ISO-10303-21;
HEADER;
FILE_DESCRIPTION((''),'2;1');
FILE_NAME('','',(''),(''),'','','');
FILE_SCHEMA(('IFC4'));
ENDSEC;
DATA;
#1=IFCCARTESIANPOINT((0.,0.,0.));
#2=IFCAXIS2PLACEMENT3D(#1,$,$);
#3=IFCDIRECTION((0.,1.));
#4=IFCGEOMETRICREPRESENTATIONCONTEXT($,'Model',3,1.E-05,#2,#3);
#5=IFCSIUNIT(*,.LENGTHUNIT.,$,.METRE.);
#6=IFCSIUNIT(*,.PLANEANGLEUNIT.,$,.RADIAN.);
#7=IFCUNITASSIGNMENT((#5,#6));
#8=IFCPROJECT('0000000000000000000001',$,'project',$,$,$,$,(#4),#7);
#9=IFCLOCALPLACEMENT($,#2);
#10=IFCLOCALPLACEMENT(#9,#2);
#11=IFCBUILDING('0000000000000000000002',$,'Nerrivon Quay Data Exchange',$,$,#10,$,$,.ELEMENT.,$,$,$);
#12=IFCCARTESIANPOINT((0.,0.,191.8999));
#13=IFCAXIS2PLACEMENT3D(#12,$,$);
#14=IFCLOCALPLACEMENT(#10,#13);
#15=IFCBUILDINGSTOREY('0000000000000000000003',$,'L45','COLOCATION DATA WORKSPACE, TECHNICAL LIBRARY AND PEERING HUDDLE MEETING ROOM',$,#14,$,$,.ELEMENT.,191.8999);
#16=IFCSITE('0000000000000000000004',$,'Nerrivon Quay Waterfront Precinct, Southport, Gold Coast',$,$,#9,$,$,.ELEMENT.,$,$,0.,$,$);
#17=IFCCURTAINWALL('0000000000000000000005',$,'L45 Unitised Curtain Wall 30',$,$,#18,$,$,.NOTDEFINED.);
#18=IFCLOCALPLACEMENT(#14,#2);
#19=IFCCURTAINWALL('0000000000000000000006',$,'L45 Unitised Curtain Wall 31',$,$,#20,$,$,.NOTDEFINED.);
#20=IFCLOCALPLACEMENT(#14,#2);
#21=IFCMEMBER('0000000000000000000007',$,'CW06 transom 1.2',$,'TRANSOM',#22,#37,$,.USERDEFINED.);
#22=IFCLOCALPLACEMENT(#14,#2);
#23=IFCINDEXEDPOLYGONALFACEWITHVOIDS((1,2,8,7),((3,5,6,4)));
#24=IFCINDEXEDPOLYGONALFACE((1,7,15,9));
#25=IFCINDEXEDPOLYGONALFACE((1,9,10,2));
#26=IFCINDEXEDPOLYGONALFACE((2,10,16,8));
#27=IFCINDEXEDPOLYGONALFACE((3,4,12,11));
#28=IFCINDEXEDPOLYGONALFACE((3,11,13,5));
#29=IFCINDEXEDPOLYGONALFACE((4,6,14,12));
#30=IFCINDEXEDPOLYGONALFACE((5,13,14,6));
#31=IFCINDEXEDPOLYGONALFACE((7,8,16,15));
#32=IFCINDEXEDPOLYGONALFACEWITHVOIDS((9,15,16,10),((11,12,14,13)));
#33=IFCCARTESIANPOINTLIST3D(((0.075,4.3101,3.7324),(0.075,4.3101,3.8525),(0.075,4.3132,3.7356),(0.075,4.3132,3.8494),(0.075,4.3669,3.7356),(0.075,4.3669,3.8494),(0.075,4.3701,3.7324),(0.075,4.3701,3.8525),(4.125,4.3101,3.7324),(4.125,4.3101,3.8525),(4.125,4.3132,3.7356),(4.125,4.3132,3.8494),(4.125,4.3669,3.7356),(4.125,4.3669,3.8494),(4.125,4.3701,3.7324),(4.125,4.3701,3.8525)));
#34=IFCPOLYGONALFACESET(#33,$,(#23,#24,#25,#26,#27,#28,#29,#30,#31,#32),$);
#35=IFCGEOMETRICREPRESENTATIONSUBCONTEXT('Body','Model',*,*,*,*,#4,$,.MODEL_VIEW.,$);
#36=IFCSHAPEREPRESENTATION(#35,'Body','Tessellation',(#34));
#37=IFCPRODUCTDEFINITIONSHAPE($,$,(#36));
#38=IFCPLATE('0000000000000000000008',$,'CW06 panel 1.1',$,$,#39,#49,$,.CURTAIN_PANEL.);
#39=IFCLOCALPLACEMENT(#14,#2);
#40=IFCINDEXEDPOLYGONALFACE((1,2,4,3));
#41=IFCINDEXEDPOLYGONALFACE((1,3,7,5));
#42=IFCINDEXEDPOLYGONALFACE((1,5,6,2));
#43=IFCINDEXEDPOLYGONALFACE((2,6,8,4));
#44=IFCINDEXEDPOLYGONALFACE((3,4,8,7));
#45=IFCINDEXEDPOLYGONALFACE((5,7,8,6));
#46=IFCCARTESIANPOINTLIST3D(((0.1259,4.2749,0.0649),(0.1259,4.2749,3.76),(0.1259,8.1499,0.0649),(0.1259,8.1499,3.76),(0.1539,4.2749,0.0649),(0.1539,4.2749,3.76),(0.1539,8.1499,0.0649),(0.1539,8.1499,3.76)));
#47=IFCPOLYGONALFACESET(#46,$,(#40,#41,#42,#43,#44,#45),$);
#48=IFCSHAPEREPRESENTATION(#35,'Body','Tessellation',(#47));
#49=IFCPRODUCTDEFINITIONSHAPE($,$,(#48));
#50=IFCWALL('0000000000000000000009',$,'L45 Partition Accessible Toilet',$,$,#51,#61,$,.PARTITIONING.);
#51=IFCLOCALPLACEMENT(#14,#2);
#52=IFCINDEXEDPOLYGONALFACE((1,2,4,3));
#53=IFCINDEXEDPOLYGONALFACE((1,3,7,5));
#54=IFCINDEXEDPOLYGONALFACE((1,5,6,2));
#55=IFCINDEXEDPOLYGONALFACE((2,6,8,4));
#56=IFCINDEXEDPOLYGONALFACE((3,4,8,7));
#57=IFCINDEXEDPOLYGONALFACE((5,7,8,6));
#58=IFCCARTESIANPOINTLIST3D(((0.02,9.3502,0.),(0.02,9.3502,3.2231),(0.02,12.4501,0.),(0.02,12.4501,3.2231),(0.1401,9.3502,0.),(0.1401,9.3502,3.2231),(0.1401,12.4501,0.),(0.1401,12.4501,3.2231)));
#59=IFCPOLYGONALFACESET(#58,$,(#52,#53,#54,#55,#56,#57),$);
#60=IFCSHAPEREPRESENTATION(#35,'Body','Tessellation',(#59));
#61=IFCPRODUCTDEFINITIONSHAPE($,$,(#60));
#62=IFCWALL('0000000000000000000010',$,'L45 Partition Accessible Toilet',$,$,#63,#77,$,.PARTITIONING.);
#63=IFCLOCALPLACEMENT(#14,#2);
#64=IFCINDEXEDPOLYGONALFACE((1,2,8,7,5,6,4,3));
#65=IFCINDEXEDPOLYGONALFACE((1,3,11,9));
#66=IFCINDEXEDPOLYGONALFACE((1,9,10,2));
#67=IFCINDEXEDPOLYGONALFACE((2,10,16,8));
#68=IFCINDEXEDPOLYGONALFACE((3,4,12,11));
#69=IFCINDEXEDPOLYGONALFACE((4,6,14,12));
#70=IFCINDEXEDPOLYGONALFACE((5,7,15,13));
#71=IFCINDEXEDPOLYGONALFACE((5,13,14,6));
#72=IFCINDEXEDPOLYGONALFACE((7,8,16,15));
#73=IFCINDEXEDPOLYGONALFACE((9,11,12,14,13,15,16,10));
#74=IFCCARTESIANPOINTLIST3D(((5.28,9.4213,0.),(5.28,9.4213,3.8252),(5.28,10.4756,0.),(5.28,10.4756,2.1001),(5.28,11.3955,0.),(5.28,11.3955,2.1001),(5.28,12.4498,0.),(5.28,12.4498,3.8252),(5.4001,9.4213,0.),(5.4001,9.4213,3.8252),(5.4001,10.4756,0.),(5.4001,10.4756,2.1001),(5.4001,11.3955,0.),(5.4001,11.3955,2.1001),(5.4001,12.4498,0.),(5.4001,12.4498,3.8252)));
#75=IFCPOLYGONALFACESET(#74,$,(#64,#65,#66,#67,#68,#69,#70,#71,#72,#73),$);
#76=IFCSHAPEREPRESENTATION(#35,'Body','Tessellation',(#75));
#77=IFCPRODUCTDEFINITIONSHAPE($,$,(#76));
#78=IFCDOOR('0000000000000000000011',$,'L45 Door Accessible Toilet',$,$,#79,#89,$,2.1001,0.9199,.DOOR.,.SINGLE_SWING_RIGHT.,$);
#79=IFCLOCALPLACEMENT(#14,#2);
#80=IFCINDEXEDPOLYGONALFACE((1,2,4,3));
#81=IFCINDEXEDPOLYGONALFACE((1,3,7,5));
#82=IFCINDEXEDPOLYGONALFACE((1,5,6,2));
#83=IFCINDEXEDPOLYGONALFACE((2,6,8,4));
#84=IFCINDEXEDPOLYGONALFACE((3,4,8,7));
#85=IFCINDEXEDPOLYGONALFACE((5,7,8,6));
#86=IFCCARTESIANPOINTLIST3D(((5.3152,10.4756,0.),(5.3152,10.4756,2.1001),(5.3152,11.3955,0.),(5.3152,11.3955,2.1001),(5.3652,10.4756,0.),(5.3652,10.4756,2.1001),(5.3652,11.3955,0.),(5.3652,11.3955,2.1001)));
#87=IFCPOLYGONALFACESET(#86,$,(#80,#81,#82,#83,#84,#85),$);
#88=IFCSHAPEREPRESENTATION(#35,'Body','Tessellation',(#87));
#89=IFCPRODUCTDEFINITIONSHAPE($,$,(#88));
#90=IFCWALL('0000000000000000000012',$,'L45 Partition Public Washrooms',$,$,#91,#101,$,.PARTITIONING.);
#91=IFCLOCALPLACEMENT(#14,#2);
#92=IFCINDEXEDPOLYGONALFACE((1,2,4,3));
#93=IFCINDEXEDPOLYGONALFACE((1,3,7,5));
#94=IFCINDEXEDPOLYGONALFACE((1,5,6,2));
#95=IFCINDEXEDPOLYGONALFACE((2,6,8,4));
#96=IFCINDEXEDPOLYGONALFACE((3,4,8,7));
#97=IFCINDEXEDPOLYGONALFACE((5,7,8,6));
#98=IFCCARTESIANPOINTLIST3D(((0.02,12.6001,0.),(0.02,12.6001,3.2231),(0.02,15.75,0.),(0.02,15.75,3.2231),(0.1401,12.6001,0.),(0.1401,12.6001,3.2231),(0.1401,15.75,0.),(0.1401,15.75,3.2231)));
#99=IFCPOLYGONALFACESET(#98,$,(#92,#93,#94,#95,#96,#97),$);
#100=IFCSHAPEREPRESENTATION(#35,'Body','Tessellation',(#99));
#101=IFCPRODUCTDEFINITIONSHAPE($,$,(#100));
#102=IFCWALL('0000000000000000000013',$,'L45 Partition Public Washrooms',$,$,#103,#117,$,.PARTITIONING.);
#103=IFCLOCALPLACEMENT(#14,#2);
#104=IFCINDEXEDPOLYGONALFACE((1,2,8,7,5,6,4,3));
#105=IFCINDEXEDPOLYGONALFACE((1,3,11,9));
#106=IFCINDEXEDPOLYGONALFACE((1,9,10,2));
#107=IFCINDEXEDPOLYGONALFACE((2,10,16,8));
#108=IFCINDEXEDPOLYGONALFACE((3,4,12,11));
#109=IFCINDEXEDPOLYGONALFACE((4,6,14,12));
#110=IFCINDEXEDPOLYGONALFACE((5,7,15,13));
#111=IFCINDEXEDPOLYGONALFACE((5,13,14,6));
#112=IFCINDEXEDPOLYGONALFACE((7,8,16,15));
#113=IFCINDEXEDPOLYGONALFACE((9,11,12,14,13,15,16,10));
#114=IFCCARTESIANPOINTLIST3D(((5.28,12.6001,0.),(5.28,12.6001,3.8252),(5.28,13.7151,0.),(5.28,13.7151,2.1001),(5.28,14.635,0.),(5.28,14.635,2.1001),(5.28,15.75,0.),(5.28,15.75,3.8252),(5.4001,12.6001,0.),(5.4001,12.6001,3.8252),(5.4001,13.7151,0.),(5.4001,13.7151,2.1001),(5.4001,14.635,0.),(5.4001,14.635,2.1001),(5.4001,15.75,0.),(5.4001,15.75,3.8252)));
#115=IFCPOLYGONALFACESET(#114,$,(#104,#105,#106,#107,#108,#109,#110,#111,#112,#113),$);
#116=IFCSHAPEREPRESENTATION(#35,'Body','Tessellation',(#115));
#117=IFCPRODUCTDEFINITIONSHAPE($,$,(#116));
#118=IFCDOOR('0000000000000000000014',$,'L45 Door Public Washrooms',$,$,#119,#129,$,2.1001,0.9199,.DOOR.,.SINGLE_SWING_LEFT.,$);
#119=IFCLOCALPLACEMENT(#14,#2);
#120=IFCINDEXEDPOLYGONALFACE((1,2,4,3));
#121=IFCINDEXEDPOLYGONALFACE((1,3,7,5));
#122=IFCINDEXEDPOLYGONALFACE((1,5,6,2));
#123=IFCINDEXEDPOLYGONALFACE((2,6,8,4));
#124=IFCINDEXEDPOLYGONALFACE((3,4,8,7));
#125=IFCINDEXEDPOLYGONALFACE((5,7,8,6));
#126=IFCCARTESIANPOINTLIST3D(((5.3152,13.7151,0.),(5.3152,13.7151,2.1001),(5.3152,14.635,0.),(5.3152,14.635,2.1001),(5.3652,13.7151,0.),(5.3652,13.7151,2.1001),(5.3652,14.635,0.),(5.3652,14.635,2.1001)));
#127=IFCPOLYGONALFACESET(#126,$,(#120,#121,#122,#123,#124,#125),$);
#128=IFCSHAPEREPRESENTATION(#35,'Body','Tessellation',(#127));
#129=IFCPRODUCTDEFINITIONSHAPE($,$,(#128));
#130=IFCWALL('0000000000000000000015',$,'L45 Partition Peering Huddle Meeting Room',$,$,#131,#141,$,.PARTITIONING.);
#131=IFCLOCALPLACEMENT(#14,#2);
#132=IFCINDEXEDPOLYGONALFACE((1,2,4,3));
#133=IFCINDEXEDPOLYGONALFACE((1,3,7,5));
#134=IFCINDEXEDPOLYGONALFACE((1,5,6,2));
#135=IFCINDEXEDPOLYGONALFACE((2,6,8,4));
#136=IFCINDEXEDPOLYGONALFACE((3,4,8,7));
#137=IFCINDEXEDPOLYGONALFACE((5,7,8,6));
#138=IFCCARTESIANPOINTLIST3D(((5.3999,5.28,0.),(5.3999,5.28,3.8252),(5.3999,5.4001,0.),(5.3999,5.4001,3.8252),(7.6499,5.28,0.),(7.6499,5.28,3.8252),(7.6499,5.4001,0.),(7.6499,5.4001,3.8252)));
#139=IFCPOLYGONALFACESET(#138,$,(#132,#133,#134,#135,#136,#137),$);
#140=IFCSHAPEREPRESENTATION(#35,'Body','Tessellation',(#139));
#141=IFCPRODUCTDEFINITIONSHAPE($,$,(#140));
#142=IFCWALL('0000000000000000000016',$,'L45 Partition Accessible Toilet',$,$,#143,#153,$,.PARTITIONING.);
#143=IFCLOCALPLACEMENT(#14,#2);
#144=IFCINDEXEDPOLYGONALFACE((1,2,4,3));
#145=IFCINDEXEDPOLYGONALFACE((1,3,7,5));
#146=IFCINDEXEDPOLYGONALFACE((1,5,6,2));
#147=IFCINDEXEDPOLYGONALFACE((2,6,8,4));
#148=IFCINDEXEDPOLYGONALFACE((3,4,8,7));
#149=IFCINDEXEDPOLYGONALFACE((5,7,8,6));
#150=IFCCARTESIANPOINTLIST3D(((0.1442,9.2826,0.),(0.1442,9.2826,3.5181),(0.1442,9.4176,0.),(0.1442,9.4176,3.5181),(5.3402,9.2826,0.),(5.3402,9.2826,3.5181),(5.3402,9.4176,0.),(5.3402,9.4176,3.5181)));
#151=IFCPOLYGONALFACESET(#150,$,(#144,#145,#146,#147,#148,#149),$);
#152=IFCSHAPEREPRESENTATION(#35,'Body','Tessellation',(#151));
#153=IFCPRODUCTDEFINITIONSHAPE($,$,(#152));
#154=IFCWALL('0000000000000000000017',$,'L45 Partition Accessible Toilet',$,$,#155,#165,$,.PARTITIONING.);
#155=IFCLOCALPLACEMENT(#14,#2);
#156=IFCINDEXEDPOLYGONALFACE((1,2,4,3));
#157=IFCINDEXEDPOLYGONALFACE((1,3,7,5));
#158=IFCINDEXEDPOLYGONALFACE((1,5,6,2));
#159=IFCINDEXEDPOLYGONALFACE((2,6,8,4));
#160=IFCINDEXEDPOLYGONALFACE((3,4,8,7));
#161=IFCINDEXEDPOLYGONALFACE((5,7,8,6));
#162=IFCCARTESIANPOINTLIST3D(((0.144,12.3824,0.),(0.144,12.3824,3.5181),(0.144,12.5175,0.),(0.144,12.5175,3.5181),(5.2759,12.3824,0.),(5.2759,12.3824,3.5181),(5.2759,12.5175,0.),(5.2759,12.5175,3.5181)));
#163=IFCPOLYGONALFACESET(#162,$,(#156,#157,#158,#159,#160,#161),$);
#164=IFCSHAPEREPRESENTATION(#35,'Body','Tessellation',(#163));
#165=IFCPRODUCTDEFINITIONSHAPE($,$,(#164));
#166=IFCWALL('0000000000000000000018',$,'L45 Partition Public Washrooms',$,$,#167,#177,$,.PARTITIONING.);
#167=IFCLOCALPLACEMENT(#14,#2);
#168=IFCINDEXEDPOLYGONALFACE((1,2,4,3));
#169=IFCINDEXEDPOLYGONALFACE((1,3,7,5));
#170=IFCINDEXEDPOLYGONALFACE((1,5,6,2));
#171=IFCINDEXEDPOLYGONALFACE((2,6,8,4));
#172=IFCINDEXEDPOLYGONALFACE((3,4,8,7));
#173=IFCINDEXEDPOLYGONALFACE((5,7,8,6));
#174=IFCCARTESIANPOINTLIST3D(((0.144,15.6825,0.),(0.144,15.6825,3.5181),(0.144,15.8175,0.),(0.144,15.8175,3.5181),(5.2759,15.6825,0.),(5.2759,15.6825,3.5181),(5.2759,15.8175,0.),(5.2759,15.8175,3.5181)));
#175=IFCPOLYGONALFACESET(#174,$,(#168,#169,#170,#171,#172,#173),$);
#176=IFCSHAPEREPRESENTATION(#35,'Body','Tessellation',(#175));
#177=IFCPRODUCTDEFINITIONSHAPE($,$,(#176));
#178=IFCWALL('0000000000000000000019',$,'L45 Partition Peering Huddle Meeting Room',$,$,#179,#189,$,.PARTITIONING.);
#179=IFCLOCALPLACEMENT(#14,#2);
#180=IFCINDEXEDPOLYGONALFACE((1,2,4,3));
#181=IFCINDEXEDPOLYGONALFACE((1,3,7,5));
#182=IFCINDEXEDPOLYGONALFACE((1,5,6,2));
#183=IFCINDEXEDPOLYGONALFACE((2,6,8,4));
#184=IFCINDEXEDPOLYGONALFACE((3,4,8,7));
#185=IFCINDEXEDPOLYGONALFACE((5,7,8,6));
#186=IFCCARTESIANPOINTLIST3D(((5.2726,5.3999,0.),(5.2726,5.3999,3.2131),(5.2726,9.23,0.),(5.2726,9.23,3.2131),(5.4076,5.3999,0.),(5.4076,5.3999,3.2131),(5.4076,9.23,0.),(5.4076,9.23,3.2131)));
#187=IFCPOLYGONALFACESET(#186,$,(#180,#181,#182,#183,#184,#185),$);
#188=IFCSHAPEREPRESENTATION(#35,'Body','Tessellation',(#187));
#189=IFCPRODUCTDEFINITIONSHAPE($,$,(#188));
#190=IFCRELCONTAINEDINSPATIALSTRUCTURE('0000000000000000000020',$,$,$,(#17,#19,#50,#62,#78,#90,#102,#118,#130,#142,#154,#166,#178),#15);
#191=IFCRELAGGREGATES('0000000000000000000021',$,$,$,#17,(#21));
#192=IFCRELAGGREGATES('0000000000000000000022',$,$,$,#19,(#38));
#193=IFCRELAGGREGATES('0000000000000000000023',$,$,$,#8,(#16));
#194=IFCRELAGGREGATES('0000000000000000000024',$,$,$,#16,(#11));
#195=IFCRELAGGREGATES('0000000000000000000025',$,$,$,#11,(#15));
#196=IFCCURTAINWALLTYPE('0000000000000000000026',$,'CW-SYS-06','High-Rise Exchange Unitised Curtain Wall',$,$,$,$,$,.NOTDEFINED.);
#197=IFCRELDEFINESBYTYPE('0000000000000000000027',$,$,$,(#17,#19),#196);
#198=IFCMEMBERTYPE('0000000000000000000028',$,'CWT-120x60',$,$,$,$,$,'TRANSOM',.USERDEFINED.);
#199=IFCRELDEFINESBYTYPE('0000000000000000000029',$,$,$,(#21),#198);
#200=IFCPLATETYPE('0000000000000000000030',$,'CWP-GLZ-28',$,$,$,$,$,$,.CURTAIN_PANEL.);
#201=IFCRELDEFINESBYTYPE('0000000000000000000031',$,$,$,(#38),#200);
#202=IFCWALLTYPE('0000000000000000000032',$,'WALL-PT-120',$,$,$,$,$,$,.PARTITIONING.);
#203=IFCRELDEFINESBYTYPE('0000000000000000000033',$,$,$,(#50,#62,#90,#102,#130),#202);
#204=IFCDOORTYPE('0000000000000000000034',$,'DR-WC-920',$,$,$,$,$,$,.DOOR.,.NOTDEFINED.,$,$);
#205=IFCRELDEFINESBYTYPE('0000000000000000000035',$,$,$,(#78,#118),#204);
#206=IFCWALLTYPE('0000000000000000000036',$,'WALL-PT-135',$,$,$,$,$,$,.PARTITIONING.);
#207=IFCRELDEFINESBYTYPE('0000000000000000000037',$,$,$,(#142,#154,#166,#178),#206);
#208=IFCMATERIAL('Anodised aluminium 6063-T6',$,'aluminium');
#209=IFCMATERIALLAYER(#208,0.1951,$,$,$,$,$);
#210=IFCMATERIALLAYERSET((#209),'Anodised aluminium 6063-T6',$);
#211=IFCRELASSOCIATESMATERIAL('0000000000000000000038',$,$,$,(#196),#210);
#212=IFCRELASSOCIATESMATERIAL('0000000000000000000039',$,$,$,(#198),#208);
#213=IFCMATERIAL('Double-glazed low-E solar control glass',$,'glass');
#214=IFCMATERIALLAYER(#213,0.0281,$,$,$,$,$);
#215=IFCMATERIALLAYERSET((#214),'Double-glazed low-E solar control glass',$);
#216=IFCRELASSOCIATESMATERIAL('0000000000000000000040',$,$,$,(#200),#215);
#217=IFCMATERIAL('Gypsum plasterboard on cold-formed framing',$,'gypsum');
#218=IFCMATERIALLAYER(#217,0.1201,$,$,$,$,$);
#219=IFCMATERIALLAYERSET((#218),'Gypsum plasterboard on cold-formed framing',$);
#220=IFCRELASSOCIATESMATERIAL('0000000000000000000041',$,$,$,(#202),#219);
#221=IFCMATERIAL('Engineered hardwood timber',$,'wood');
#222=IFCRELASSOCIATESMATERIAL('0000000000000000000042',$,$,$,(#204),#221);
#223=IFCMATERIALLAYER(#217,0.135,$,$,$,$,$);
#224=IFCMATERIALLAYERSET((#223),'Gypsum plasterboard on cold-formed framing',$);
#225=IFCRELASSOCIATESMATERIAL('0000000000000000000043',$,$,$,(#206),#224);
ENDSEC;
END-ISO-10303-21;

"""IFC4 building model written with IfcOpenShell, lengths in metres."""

from ifc_helpers import new_model, si_unit, direction, frame, frame_2d, origin, origin_2d, place, context, subcontext, project, spatial, rectangle, hollow_rectangle, extrude, material, layer, layer_set, material_profile, profile_set, type_object, element, fill, aggregate, save


model = new_model("IFC4")

# Units and contexts
model_context = context("Model", 3, precision=1e-05, world=origin(), true_north=direction((0.0, 1.0)))
body_context = subcontext(model_context, "Body", "Model", "MODEL_VIEW")
ifc_project = project(units=[si_unit("LENGTHUNIT", "METRE"), si_unit("PLANEANGLEUNIT", "RADIAN")], contexts=[model_context])

# Site, building, storey
site_placement = place(None, origin())
site = spatial("IfcSite", under=ifc_project, at=site_placement, Name="Nerrivon Quay Waterfront Precinct, Southport, Gold Coast", CompositionType="ELEMENT", RefElevation=0.0)
building_placement = place(site_placement, origin())
building = spatial("IfcBuilding", under=site, at=building_placement, Name="Nerrivon Quay Data Exchange", CompositionType="ELEMENT")
storey_placement = place(building_placement, frame((0.0, 0.0, 191.8999)))
storey = spatial("IfcBuildingStorey", under=building, at=storey_placement, Name="L45", Description="COLOCATION DATA WORKSPACE, TECHNICAL LIBRARY AND PEERING HUDDLE MEETING ROOM", CompositionType="ELEMENT", Elevation=191.8999)

# Curtain walls
ifc_material_1 = material(Name="Anodised aluminium 6063-T6", Category="aluminium")
ifc_layer_1 = layer(ifc_material_1, 0.1951)
ifc_layer_set_1 = layer_set([ifc_layer_1], Name="Anodised aluminium 6063-T6")
curtain_wall_type = type_object("IfcCurtainWallType", Name="CW-SYS-06", Description="High-Rise Exchange Unitised Curtain Wall", PredefinedType="NOTDEFINED", material=ifc_layer_set_1)
curtain_wall_1_placement = place(storey_placement, origin())
curtain_wall_1 = element("IfcCurtainWall", 1, at=curtain_wall_1_placement, inside=storey, type_object=curtain_wall_type, Name="L45 Unitised Curtain Wall 30", PredefinedType="NOTDEFINED")
curtain_wall_2_placement = place(storey_placement, origin())
curtain_wall_2 = element("IfcCurtainWall", 2, at=curtain_wall_2_placement, inside=storey, type_object=curtain_wall_type, Name="L45 Unitised Curtain Wall 31", PredefinedType="NOTDEFINED")

# Member
ifc_material_profile_1 = material_profile(ifc_material_1, hollow_rectangle(XDim=0.0601, YDim=0.1201, WallThickness=0.0032, at=origin_2d()), Name="ALU-TRAN-120x60")
ifc_profile_set_1 = profile_set([ifc_material_profile_1], Name="Anodised aluminium 6063-T6")
member_type_1 = type_object("IfcMemberType", Name="CWT-120x60", ElementType="TRANSOM", PredefinedType="USERDEFINED", material=ifc_profile_set_1)
member_1_placement = place(storey_placement, frame((4.125, 4.3401, 3.7925), z_axis=(-1.0, 0.0, 0.0), x_axis=(0.0, -1.0, 0.0)))
member_1 = element("IfcMember", 3, at=member_1_placement, type_object=member_type_1, Name="CW06 transom 1.2", ObjectType="TRANSOM", PredefinedType="USERDEFINED", context=body_context, shape_type="SweptSolid", body=[
    extrude(hollow_rectangle(XDim=0.0601, YDim=0.1201, WallThickness=0.0032, at=origin_2d()), origin(), (0.0, 0.0, 1.0), 4.05),
])
aggregate(curtain_wall_1, [member_1])

# Plate
ifc_material_2 = material(Name="Double-glazed low-E solar control glass", Category="glass")
ifc_layer_2 = layer(ifc_material_2, 0.0281)
ifc_layer_set_2 = layer_set([ifc_layer_2], Name="Double-glazed low-E solar control glass")
plate_type = type_object("IfcPlateType", Name="CWP-GLZ-28", PredefinedType="CURTAIN_PANEL", material=ifc_layer_set_2)
plate_placement = place(storey_placement, frame((0.1399, 6.2124, 0.0649), z_axis=(0.0, 0.0, 1.0), x_axis=(0.0, 1.0, 0.0)))
plate = element("IfcPlate", 4, at=plate_placement, type_object=plate_type, Name="CW06 panel 1.1", PredefinedType="CURTAIN_PANEL", context=body_context, shape_type="SweptSolid", body=[
    extrude(rectangle(XDim=3.875, YDim=0.0281, at=origin_2d()), origin(), (0.0, 0.0, 1.0), 3.6951),
])
aggregate(curtain_wall_2, [plate])

# Wall
ifc_material_3 = material(Name="Gypsum plasterboard on cold-formed framing", Category="gypsum")
ifc_layer_3 = layer(ifc_material_3, 0.1201)
ifc_layer_set_3 = layer_set([ifc_layer_3], Name="Gypsum plasterboard on cold-formed framing")
wall_type_1 = type_object("IfcWallType", Name="WALL-PT-120", PredefinedType="PARTITIONING", material=ifc_layer_set_3)
wall_1_placement = place(storey_placement, frame((0.0801, 12.45, 0.0), z_axis=(0.0, 0.0, 1.0), x_axis=(0.0, -1.0, 0.0)))
element("IfcWall", 5, at=wall_1_placement, inside=storey, type_object=wall_type_1, Name="L45 Partition Accessible Toilet", PredefinedType="PARTITIONING", context=body_context, shape_type="SweptSolid", body=[
    extrude(rectangle(XDim=3.0999, YDim=0.1201, at=frame_2d((1.5498, 0.0))), origin(), (0.0, 0.0, 1.0), 3.2231),
])

# Wall, opening, door
wall_2_placement = place(storey_placement, frame((5.3401, 9.4214, 0.0), z_axis=(0.0, 0.0, 1.0), x_axis=(0.0, 1.0, 0.0)))
wall_2 = element("IfcWall", 6, at=wall_2_placement, inside=storey, type_object=wall_type_1, Name="L45 Partition Accessible Toilet", PredefinedType="PARTITIONING", context=body_context, shape_type="SweptSolid", body=[
    extrude(rectangle(XDim=3.0286, YDim=0.1201, at=frame_2d((1.5142, 0.0))), origin(), (0.0, 0.0, 1.0), 3.8252),
])
opening_1_placement = place(wall_2_placement, frame((1.0542, 0.0, 0.0)))
opening_1 = element("IfcOpeningElement", 7, at=opening_1_placement, cuts=wall_2, PredefinedType="OPENING", context=body_context, shape_type="SweptSolid", body=[
    extrude(rectangle(XDim=0.9199, YDim=2.1001, at=frame_2d((0.46, 1.05))), frame((0.0, 0.0701, 0.0), z_axis=(0.0, -1.0, 0.0), x_axis=(1.0, 0.0, 0.0)), (0.0, 0.0, 1.0), 0.1401),
])
ifc_material_4 = material(Name="Engineered hardwood timber", Category="wood")
door_type = type_object("IfcDoorType", Name="DR-WC-920", OperationType="NOTDEFINED", PredefinedType="DOOR", material=ifc_material_4)
door_1_placement = place(opening_1_placement, origin())
door_1 = element("IfcDoor", 8, at=door_1_placement, inside=storey, type_object=door_type, Name="L45 Door Accessible Toilet", OperationType="SINGLE_SWING_RIGHT", OverallHeight=2.1001, OverallWidth=0.9199, PredefinedType="DOOR", context=body_context, shape_type="SweptSolid", body=[
    extrude(rectangle(XDim=0.9199, YDim=2.1001, at=frame_2d((0.46, 1.05))), frame((0.0, 0.0249, 0.0), z_axis=(0.0, -1.0, 0.0), x_axis=(1.0, 0.0, 0.0)), (0.0, 0.0, 1.0), 0.05),
])
fill(opening_1, door_1)

# Wall
wall_3_placement = place(storey_placement, frame((0.0801, 15.75, 0.0), z_axis=(0.0, 0.0, 1.0), x_axis=(0.0, -1.0, 0.0)))
element("IfcWall", 9, at=wall_3_placement, inside=storey, type_object=wall_type_1, Name="L45 Partition Public Washrooms", PredefinedType="PARTITIONING", context=body_context, shape_type="SweptSolid", body=[
    extrude(rectangle(XDim=3.1499, YDim=0.1201, at=frame_2d((1.575, 0.0))), origin(), (0.0, 0.0, 1.0), 3.2231),
])

# Wall, opening, door
wall_4_placement = place(storey_placement, frame((5.3401, 12.6001, 0.0), z_axis=(0.0, 0.0, 1.0), x_axis=(0.0, 1.0, 0.0)))
wall_4 = element("IfcWall", 10, at=wall_4_placement, inside=storey, type_object=wall_type_1, Name="L45 Partition Public Washrooms", PredefinedType="PARTITIONING", context=body_context, shape_type="SweptSolid", body=[
    extrude(rectangle(XDim=3.1499, YDim=0.1201, at=frame_2d((1.575, 0.0))), origin(), (0.0, 0.0, 1.0), 3.8252),
])
opening_2_placement = place(wall_4_placement, frame((1.115, 0.0, 0.0)))
opening_2 = element("IfcOpeningElement", 11, at=opening_2_placement, cuts=wall_4, PredefinedType="OPENING", context=body_context, shape_type="SweptSolid", body=[
    extrude(rectangle(XDim=0.9199, YDim=2.1001, at=frame_2d((0.46, 1.05))), frame((0.0, 0.0701, 0.0), z_axis=(0.0, -1.0, 0.0), x_axis=(1.0, 0.0, 0.0)), (0.0, 0.0, 1.0), 0.1401),
])
door_2_placement = place(opening_2_placement, origin())
door_2 = element("IfcDoor", 12, at=door_2_placement, inside=storey, type_object=door_type, Name="L45 Door Public Washrooms", OperationType="SINGLE_SWING_LEFT", OverallHeight=2.1001, OverallWidth=0.9199, PredefinedType="DOOR", context=body_context, shape_type="SweptSolid", body=[
    extrude(rectangle(XDim=0.9199, YDim=2.1001, at=frame_2d((0.46, 1.05))), frame((0.0, 0.0249, 0.0), z_axis=(0.0, -1.0, 0.0), x_axis=(1.0, 0.0, 0.0)), (0.0, 0.0, 1.0), 0.05),
])
fill(opening_2, door_2)

# Walls
wall_5_placement = place(storey_placement, frame((7.6499, 5.3401, 0.0), z_axis=(0.0, 0.0, 1.0), x_axis=(-1.0, 0.0, 0.0)))
element("IfcWall", 13, at=wall_5_placement, inside=storey, type_object=wall_type_1, Name="L45 Partition Peering Huddle Meeting Room", PredefinedType="PARTITIONING", context=body_context, shape_type="SweptSolid", body=[
    extrude(rectangle(XDim=2.25, YDim=0.1201, at=frame_2d((1.125, 0.0))), origin(), (0.0, 0.0, 1.0), 3.8252),
])
ifc_layer_4 = layer(ifc_material_3, 0.135)
ifc_layer_set_4 = layer_set([ifc_layer_4], Name="Gypsum plasterboard on cold-formed framing")
wall_type_2 = type_object("IfcWallType", Name="WALL-PT-135", PredefinedType="PARTITIONING", material=ifc_layer_set_4)
wall_6_placement = place(storey_placement, frame((0.144, 9.3501, 0.0), z_axis=(0.0, 0.0, 1.0), x_axis=(1.0, 0.0, 0.0)))
element("IfcWall", 14, at=wall_6_placement, inside=storey, type_object=wall_type_2, Name="L45 Partition Accessible Toilet", PredefinedType="PARTITIONING", context=body_context, shape_type="SweptSolid", body=[
    extrude(rectangle(XDim=5.196, YDim=0.135, at=frame_2d((2.5981, 0.0))), origin(), (0.0, 0.0, 1.0), 3.5181),
])
for number, where, z_axis, x_axis, name in (
    (15, (5.2759, 12.45, 0.0), (0.0, 0.0, 1.0), (-1.0, 0.0, 0.0), "L45 Partition Accessible Toilet"),
    (16, (5.2759, 15.75, 0.0), (0.0, 0.0, 1.0), (-1.0, 0.0, 0.0), "L45 Partition Public Washrooms"),
):
    element("IfcWall", number, at=place(storey_placement, frame(where, z_axis=z_axis, x_axis=x_axis)), inside=storey, type_object=wall_type_2, Name=name, PredefinedType="PARTITIONING", context=body_context, shape_type="SweptSolid", body=[
        extrude(rectangle(XDim=5.1318, YDim=0.135, at=frame_2d((2.5659, 0.0))), origin(), (0.0, 0.0, 1.0), 3.5181),
    ])
wall_7_placement = place(storey_placement, frame((5.3401, 5.3999, 0.0), z_axis=(0.0, 0.0, 1.0), x_axis=(0.0, 1.0, 0.0)))
element("IfcWall", 17, at=wall_7_placement, inside=storey, type_object=wall_type_2, Name="L45 Partition Peering Huddle Meeting Room", PredefinedType="PARTITIONING", context=body_context, shape_type="SweptSolid", body=[
    extrude(rectangle(XDim=3.8301, YDim=0.135, at=frame_2d((1.915, 0.0))), origin(), (0.0, 0.0, 1.0), 3.2131),
])

save(model, "model.ifc")
